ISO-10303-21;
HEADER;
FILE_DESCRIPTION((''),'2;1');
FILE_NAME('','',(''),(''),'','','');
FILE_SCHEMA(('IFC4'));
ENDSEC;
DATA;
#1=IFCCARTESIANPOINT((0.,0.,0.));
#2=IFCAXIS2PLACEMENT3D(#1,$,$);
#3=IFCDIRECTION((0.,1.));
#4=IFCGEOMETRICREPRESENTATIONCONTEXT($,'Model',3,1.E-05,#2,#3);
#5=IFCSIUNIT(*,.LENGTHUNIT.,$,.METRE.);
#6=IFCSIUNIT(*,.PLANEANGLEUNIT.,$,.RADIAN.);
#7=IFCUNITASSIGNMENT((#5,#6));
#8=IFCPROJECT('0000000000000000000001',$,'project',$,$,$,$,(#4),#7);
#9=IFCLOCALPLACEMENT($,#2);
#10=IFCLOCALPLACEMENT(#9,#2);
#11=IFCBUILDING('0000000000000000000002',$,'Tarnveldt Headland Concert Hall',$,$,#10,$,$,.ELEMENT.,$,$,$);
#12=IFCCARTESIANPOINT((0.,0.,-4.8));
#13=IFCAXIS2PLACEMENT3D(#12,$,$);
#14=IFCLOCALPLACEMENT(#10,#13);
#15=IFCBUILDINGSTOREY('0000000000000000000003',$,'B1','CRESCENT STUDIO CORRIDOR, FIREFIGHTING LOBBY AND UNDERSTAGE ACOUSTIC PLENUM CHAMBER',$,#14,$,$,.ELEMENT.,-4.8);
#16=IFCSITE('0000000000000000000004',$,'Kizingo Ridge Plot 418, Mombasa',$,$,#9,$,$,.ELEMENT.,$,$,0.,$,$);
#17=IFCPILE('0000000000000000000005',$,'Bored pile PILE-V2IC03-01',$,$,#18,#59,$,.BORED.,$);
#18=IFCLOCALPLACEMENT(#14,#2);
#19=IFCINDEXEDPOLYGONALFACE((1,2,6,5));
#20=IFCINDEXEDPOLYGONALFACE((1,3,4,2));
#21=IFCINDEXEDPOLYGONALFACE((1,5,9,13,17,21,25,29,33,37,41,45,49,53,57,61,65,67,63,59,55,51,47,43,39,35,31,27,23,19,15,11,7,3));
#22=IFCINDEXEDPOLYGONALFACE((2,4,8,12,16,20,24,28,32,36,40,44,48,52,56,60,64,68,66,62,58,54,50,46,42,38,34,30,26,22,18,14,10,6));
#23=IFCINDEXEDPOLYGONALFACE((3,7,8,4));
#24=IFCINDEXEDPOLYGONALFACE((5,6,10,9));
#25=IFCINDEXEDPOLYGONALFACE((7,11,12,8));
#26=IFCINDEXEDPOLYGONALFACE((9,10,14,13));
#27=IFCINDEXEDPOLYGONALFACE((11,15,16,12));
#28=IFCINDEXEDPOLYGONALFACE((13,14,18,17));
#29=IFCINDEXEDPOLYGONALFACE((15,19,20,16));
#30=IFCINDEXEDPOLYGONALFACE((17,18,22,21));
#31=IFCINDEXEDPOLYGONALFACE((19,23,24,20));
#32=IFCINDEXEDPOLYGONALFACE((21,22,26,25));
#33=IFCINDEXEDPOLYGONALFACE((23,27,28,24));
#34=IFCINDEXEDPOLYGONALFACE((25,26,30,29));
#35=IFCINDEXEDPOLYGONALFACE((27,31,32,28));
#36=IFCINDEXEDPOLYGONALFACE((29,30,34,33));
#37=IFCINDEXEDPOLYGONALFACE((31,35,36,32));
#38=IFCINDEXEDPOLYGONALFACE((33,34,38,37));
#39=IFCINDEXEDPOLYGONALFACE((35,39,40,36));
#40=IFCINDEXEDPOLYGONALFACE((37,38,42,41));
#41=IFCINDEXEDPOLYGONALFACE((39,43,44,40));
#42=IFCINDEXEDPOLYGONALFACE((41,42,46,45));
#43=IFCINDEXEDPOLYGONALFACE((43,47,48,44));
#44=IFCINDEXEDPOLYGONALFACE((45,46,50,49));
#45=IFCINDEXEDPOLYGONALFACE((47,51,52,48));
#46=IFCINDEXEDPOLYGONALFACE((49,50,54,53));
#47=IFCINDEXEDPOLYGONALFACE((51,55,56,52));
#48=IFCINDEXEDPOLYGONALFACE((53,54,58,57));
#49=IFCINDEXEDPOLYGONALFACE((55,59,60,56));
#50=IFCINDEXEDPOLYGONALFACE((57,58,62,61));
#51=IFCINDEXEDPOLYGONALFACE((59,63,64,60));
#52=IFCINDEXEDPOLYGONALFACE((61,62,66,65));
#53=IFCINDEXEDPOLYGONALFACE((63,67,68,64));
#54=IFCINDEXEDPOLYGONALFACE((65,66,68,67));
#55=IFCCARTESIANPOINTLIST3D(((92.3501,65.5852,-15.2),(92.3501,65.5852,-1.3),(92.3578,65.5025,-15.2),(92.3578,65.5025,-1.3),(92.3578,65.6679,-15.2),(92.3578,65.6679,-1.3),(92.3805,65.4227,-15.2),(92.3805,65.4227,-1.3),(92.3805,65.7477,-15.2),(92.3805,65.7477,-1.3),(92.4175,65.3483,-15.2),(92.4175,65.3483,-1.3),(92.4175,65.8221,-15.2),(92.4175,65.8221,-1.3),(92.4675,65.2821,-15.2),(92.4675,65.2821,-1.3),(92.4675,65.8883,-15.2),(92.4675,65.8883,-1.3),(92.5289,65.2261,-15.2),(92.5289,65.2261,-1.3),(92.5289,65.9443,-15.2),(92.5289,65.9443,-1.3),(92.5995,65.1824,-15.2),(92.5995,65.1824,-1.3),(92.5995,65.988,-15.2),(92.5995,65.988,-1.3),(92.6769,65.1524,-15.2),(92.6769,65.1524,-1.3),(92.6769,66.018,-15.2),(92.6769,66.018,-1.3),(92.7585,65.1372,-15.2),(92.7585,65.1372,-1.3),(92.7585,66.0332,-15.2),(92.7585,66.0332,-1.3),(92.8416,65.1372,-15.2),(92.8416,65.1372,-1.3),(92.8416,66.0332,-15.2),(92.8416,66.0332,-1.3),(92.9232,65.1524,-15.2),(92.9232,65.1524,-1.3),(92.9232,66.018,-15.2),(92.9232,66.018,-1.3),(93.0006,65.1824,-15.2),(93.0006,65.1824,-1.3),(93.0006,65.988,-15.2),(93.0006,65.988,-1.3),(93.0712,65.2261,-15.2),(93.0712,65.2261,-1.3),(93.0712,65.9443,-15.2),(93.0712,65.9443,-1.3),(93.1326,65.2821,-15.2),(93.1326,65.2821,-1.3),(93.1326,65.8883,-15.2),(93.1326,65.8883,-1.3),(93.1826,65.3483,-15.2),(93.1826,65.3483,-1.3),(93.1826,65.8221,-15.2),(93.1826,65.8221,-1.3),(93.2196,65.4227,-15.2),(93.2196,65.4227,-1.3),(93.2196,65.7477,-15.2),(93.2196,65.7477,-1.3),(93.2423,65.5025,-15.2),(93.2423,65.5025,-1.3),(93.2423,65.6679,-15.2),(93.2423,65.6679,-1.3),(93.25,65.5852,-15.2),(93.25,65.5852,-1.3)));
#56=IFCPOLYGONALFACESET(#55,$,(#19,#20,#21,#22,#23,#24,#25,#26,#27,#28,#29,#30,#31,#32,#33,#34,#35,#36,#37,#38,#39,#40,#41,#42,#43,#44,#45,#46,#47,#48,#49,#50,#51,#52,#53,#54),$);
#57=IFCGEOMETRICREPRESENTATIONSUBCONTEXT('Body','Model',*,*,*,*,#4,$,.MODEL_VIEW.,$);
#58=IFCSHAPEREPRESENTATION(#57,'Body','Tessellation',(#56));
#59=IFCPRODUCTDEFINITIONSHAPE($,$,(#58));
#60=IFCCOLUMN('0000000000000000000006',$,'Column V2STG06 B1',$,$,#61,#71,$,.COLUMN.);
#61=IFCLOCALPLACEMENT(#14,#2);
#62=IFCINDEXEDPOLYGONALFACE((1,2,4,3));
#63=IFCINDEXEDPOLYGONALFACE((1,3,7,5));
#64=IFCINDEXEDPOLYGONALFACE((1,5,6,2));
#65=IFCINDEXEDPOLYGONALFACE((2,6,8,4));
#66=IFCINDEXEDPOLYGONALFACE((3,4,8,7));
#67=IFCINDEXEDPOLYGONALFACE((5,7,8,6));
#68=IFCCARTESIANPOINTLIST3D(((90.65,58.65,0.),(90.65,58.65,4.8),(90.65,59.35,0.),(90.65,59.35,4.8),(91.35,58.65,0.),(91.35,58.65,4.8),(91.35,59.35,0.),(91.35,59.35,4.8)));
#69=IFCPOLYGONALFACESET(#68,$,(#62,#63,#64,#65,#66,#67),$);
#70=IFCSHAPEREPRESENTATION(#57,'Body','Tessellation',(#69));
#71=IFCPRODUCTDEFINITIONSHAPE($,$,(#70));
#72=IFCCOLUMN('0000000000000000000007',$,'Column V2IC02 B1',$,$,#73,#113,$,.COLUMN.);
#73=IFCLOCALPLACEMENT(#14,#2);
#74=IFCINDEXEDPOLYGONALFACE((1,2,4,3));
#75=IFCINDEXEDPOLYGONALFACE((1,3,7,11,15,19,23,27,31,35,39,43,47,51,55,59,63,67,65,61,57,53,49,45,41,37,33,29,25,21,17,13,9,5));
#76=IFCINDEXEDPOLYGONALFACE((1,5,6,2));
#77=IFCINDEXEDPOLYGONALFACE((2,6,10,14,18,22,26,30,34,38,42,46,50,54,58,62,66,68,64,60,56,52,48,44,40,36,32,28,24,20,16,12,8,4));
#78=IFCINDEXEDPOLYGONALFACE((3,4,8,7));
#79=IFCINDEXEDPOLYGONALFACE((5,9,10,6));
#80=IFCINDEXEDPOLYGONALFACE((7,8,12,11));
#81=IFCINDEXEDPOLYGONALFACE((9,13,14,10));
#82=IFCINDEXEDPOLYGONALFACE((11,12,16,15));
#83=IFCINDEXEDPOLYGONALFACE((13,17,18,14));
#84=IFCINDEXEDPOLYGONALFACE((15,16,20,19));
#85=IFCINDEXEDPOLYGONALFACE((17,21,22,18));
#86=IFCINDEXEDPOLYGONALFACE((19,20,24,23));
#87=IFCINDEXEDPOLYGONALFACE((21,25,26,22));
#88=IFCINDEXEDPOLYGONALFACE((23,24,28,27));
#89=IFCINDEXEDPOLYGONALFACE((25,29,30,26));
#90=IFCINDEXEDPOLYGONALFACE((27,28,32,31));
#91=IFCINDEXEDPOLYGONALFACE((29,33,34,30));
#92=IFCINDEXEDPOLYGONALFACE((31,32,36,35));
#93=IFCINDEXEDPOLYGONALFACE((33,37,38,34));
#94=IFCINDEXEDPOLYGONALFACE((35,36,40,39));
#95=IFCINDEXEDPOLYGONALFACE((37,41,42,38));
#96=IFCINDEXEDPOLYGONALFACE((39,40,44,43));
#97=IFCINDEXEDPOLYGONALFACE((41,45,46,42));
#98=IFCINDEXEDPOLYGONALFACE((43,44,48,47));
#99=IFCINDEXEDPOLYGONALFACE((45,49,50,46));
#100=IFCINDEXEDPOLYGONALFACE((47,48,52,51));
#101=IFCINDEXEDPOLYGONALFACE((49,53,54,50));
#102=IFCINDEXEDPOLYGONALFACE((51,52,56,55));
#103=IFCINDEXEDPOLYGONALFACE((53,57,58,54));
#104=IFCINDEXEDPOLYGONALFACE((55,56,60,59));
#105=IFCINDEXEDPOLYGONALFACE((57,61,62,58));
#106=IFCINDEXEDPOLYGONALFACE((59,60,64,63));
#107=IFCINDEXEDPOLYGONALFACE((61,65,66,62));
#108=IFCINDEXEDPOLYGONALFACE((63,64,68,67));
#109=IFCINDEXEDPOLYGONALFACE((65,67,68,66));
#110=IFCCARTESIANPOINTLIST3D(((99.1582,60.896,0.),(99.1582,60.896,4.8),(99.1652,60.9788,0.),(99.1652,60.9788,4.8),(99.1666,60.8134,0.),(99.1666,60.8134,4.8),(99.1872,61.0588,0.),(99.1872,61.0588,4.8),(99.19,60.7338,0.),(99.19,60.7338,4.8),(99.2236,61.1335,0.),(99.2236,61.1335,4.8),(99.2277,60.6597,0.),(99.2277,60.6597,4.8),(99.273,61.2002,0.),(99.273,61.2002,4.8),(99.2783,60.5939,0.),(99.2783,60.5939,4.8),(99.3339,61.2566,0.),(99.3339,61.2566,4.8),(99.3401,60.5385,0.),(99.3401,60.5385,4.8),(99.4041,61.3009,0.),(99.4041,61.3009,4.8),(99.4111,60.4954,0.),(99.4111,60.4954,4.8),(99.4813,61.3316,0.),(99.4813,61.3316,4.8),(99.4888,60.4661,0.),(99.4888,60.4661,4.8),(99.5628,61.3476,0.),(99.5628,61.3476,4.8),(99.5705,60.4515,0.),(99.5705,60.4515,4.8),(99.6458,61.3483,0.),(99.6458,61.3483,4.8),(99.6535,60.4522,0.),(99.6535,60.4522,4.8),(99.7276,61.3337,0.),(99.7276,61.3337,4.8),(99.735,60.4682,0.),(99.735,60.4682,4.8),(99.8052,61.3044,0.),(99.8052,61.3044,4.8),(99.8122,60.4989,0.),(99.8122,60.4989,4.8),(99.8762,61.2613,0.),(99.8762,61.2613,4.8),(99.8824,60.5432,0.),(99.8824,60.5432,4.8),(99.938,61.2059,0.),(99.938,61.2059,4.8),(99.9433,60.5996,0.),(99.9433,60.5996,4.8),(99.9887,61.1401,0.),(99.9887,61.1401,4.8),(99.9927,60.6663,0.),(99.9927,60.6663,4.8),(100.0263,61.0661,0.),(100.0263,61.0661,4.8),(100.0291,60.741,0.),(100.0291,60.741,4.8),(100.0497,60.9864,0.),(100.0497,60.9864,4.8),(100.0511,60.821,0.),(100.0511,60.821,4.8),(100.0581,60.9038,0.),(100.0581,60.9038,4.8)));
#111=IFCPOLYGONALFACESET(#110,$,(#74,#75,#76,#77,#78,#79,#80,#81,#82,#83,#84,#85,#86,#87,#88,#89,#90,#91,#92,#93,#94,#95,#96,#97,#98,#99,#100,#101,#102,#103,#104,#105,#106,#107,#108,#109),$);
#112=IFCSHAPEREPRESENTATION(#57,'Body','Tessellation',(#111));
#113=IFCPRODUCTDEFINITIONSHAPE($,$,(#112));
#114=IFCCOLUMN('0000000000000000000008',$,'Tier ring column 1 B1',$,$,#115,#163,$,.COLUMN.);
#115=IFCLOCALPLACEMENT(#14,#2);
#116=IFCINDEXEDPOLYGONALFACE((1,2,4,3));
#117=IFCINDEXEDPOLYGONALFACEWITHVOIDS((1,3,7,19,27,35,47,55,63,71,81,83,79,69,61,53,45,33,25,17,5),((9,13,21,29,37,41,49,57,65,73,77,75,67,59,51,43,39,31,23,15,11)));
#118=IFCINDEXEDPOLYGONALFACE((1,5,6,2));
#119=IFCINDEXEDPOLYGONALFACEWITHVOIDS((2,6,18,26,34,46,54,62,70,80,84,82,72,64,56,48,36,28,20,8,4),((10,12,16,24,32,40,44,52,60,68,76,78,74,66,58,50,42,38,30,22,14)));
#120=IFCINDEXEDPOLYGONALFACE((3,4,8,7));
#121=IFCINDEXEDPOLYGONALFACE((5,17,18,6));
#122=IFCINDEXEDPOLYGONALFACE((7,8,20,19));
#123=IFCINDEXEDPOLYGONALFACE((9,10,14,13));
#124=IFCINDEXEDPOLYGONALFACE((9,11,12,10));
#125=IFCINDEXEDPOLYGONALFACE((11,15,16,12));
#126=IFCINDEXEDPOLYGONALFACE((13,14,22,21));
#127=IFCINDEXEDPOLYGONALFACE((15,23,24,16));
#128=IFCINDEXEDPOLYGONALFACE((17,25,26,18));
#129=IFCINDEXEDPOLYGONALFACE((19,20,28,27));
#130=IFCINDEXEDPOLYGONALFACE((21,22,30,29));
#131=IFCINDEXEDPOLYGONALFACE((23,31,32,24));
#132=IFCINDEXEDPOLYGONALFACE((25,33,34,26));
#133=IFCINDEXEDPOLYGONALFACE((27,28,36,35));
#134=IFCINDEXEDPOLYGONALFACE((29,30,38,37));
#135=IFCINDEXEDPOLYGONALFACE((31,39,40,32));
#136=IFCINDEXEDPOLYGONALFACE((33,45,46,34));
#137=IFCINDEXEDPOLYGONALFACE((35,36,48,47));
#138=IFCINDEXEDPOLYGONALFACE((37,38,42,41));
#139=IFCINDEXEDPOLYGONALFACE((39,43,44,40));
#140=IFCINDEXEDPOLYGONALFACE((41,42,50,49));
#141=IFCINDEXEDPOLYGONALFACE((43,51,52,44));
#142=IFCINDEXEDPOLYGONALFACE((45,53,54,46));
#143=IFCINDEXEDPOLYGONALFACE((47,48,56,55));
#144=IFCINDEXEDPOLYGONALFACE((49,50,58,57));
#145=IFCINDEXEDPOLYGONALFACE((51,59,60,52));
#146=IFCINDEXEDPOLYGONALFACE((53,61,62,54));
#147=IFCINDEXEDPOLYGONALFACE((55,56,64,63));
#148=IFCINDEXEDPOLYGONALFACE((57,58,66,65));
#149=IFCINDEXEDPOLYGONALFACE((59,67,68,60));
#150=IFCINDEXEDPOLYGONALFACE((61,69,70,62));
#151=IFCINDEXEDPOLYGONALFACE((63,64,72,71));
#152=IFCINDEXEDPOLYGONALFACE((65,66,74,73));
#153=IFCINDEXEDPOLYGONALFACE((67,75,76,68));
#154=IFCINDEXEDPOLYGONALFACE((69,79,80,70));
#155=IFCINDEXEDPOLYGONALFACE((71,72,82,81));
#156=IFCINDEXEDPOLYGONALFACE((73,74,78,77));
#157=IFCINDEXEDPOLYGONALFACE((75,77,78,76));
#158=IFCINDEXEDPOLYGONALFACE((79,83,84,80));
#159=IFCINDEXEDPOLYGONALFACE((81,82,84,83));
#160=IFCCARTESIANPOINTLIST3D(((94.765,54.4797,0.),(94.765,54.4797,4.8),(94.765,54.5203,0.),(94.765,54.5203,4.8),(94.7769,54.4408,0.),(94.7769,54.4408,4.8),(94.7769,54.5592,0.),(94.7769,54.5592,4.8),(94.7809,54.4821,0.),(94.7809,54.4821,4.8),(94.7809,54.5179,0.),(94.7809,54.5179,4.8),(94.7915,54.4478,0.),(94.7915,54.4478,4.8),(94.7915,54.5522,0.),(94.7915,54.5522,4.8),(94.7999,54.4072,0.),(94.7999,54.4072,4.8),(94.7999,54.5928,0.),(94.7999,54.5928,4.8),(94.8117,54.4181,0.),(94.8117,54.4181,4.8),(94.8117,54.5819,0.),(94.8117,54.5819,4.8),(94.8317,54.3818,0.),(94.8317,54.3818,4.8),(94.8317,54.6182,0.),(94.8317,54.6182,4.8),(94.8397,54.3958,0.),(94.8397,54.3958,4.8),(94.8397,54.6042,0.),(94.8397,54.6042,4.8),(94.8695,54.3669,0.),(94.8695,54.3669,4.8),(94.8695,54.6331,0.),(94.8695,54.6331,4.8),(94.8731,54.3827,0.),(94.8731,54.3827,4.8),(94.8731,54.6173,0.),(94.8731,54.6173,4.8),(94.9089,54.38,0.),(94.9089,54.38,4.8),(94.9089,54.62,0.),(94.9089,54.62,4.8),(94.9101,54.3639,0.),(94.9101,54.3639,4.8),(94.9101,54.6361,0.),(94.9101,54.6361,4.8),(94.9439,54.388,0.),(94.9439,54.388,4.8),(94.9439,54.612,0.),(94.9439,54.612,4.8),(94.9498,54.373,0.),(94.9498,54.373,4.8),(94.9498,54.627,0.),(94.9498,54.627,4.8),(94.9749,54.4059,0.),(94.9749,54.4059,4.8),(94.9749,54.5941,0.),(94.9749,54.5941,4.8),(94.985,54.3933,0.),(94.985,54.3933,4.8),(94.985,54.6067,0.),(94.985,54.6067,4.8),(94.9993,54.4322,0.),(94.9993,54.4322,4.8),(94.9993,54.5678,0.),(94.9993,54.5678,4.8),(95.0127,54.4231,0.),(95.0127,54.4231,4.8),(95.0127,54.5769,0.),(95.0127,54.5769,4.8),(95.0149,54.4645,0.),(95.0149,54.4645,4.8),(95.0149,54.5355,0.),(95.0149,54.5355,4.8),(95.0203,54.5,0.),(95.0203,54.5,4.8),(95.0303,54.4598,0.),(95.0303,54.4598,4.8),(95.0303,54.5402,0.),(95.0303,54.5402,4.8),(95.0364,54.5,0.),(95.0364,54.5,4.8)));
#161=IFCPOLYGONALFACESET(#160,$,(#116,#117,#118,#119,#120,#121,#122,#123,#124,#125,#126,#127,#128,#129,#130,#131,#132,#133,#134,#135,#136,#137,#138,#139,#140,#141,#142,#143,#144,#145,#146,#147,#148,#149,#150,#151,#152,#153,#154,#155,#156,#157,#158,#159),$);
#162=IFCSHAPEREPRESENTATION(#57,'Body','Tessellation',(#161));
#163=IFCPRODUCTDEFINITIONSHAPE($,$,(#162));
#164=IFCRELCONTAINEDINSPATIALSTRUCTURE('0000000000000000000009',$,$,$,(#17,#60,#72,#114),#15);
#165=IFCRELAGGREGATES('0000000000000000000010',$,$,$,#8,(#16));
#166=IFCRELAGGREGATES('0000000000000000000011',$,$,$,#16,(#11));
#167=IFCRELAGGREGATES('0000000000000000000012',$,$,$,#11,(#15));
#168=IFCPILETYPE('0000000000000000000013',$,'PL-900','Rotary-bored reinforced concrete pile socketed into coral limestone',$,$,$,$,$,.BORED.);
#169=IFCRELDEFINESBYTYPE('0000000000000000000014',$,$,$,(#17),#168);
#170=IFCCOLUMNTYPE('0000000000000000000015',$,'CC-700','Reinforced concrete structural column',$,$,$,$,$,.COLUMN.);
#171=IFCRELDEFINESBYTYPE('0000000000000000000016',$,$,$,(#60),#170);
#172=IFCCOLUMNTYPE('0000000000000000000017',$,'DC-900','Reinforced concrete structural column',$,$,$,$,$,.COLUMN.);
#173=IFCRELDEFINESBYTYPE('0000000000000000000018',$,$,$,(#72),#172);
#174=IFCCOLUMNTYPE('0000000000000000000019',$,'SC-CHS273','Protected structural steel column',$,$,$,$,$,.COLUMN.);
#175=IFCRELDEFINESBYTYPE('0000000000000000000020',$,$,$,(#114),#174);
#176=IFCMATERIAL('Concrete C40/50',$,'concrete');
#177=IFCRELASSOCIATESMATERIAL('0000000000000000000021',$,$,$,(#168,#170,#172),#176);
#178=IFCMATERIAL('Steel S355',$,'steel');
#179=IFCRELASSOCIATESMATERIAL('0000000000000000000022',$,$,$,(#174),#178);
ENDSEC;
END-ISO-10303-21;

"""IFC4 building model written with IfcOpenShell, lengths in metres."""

from ifc_helpers import new_model, si_unit, direction, frame, origin, origin_2d, place, context, subcontext, project, spatial, rectangle, circle, hollow_circle, extrude, material, material_profile, profile_set, type_object, element, save


model = new_model("IFC4")

# Units and contexts
model_context = context("Model", 3, precision=1e-05, world=origin(), true_north=direction((0.0, 1.0)))
body_context = subcontext(model_context, "Body", "Model", "MODEL_VIEW")
ifc_project = project(units=[si_unit("LENGTHUNIT", "METRE"), si_unit("PLANEANGLEUNIT", "RADIAN")], contexts=[model_context])

# Site, building, storey
site_placement = place(None, origin())
site = spatial("IfcSite", under=ifc_project, at=site_placement, Name="Kizingo Ridge Plot 418, Mombasa", CompositionType="ELEMENT", RefElevation=0.0)
building_placement = place(site_placement, origin())
building = spatial("IfcBuilding", under=site, at=building_placement, Name="Tarnveldt Headland Concert Hall", CompositionType="ELEMENT")
storey_placement = place(building_placement, frame((0.0, 0.0, -4.8)))
storey = spatial("IfcBuildingStorey", under=building, at=storey_placement, Name="B1", Description="CRESCENT STUDIO CORRIDOR, FIREFIGHTING LOBBY AND UNDERSTAGE ACOUSTIC PLENUM CHAMBER", CompositionType="ELEMENT", Elevation=-4.8)

# Shared definitions
ifc_material_1 = material(Name="Concrete C40/50", Category="concrete")

# Pile
ifc_material_profile_1 = material_profile(ifc_material_1, circle(Radius=0.45, at=origin_2d()), Name="BORED PILE D900", Category="concrete")
ifc_profile_set_1 = profile_set([ifc_material_profile_1], Name="Concrete C40/50")
pile_type_1 = type_object("IfcPileType", Name="PL-900", Description="Rotary-bored reinforced concrete pile socketed into coral limestone", PredefinedType="BORED", material=ifc_profile_set_1)
pile_1_placement = place(storey_placement, frame((92.8, 65.5852, -1.3), z_axis=(0.0, 0.0, -1.0), x_axis=(1.0, 0.0, 0.0)))
element("IfcPile", 1, at=pile_1_placement, inside=storey, type_object=pile_type_1, Name="Bored pile PILE-V2IC03-01", PredefinedType="BORED", context=body_context, shape_type="SweptSolid", body=[
    extrude(circle(Radius=0.45, at=origin_2d()), origin(), (0.0, 0.0, 1.0), 13.8999),
])

# Columns
ifc_material_profile_2 = material_profile(ifc_material_1, rectangle(XDim=0.7, YDim=0.7, at=origin_2d()), Name="RC 700x700", Category="concrete")
ifc_profile_set_2 = profile_set([ifc_material_profile_2], Name="Concrete C40/50")
column_type_1 = type_object("IfcColumnType", Name="CC-700", Description="Reinforced concrete structural column", PredefinedType="COLUMN", material=ifc_profile_set_2)
column_placement = place(storey_placement, frame((91.0, 59.0, 0.0), z_axis=(0.0, 0.0, 1.0), x_axis=(1.0, 0.0, 0.0)))
element("IfcColumn", 2, at=column_placement, inside=storey, type_object=column_type_1, Name="Column V2STG06 B1", PredefinedType="COLUMN", context=body_context, shape_type="SweptSolid", body=[
    extrude(rectangle(XDim=0.7, YDim=0.7, at=origin_2d()), origin(), (0.0, 0.0, 1.0), 4.8),
])
ifc_material_profile_3 = material_profile(ifc_material_1, circle(Radius=0.45, at=origin_2d()), Name="RC D900", Category="concrete")
ifc_profile_set_3 = profile_set([ifc_material_profile_3], Name="Concrete C40/50")
column_type_2 = type_object("IfcColumnType", Name="DC-900", Description="Reinforced concrete structural column", PredefinedType="COLUMN", material=ifc_profile_set_3)
for number, where, z_axis, x_axis, name in (
    (3, (99.6082, 60.8999, 0.0), (0.0, 0.0, 1.0), (0.929326, 0.36926, 0.0), "Column V2IC02 B1"),
):
    element("IfcColumn", number, at=place(storey_placement, frame(where, z_axis=z_axis, x_axis=x_axis)), inside=storey, type_object=column_type_2, Name=name, PredefinedType="COLUMN", context=body_context, shape_type="SweptSolid", body=[
        extrude(circle(Radius=0.45, at=origin_2d()), origin(), (0.0, 0.0, 1.0), 4.8),
    ])
ifc_material_2 = material(Name="Steel S355", Category="steel")
ifc_material_profile_4 = material_profile(ifc_material_2, hollow_circle(Radius=0.1365, WallThickness=0.0161, at=origin_2d()), Name="CHS 273x16", Category="steel")
ifc_profile_set_4 = profile_set([ifc_material_profile_4], Name="Steel S355")
column_type_3 = type_object("IfcColumnType", Name="SC-CHS273", Description="Protected structural steel column", PredefinedType="COLUMN", material=ifc_profile_set_4)
for number, where, z_axis, x_axis, name in (
    (4, (94.8999, 54.5, 0.0), (0.0, 0.0, 1.0), (1.0, 0.0, 0.0), "Tier ring column 1 B1"),
):
    element("IfcColumn", number, at=place(storey_placement, frame(where, z_axis=z_axis, x_axis=x_axis)), inside=storey, type_object=column_type_3, Name=name, PredefinedType="COLUMN", context=body_context, shape_type="SweptSolid", body=[
        extrude(hollow_circle(Radius=0.1365, WallThickness=0.0161, at=origin_2d()), origin(), (0.0, 0.0, 1.0), 4.8),
    ])

save(model, "model.ifc")
